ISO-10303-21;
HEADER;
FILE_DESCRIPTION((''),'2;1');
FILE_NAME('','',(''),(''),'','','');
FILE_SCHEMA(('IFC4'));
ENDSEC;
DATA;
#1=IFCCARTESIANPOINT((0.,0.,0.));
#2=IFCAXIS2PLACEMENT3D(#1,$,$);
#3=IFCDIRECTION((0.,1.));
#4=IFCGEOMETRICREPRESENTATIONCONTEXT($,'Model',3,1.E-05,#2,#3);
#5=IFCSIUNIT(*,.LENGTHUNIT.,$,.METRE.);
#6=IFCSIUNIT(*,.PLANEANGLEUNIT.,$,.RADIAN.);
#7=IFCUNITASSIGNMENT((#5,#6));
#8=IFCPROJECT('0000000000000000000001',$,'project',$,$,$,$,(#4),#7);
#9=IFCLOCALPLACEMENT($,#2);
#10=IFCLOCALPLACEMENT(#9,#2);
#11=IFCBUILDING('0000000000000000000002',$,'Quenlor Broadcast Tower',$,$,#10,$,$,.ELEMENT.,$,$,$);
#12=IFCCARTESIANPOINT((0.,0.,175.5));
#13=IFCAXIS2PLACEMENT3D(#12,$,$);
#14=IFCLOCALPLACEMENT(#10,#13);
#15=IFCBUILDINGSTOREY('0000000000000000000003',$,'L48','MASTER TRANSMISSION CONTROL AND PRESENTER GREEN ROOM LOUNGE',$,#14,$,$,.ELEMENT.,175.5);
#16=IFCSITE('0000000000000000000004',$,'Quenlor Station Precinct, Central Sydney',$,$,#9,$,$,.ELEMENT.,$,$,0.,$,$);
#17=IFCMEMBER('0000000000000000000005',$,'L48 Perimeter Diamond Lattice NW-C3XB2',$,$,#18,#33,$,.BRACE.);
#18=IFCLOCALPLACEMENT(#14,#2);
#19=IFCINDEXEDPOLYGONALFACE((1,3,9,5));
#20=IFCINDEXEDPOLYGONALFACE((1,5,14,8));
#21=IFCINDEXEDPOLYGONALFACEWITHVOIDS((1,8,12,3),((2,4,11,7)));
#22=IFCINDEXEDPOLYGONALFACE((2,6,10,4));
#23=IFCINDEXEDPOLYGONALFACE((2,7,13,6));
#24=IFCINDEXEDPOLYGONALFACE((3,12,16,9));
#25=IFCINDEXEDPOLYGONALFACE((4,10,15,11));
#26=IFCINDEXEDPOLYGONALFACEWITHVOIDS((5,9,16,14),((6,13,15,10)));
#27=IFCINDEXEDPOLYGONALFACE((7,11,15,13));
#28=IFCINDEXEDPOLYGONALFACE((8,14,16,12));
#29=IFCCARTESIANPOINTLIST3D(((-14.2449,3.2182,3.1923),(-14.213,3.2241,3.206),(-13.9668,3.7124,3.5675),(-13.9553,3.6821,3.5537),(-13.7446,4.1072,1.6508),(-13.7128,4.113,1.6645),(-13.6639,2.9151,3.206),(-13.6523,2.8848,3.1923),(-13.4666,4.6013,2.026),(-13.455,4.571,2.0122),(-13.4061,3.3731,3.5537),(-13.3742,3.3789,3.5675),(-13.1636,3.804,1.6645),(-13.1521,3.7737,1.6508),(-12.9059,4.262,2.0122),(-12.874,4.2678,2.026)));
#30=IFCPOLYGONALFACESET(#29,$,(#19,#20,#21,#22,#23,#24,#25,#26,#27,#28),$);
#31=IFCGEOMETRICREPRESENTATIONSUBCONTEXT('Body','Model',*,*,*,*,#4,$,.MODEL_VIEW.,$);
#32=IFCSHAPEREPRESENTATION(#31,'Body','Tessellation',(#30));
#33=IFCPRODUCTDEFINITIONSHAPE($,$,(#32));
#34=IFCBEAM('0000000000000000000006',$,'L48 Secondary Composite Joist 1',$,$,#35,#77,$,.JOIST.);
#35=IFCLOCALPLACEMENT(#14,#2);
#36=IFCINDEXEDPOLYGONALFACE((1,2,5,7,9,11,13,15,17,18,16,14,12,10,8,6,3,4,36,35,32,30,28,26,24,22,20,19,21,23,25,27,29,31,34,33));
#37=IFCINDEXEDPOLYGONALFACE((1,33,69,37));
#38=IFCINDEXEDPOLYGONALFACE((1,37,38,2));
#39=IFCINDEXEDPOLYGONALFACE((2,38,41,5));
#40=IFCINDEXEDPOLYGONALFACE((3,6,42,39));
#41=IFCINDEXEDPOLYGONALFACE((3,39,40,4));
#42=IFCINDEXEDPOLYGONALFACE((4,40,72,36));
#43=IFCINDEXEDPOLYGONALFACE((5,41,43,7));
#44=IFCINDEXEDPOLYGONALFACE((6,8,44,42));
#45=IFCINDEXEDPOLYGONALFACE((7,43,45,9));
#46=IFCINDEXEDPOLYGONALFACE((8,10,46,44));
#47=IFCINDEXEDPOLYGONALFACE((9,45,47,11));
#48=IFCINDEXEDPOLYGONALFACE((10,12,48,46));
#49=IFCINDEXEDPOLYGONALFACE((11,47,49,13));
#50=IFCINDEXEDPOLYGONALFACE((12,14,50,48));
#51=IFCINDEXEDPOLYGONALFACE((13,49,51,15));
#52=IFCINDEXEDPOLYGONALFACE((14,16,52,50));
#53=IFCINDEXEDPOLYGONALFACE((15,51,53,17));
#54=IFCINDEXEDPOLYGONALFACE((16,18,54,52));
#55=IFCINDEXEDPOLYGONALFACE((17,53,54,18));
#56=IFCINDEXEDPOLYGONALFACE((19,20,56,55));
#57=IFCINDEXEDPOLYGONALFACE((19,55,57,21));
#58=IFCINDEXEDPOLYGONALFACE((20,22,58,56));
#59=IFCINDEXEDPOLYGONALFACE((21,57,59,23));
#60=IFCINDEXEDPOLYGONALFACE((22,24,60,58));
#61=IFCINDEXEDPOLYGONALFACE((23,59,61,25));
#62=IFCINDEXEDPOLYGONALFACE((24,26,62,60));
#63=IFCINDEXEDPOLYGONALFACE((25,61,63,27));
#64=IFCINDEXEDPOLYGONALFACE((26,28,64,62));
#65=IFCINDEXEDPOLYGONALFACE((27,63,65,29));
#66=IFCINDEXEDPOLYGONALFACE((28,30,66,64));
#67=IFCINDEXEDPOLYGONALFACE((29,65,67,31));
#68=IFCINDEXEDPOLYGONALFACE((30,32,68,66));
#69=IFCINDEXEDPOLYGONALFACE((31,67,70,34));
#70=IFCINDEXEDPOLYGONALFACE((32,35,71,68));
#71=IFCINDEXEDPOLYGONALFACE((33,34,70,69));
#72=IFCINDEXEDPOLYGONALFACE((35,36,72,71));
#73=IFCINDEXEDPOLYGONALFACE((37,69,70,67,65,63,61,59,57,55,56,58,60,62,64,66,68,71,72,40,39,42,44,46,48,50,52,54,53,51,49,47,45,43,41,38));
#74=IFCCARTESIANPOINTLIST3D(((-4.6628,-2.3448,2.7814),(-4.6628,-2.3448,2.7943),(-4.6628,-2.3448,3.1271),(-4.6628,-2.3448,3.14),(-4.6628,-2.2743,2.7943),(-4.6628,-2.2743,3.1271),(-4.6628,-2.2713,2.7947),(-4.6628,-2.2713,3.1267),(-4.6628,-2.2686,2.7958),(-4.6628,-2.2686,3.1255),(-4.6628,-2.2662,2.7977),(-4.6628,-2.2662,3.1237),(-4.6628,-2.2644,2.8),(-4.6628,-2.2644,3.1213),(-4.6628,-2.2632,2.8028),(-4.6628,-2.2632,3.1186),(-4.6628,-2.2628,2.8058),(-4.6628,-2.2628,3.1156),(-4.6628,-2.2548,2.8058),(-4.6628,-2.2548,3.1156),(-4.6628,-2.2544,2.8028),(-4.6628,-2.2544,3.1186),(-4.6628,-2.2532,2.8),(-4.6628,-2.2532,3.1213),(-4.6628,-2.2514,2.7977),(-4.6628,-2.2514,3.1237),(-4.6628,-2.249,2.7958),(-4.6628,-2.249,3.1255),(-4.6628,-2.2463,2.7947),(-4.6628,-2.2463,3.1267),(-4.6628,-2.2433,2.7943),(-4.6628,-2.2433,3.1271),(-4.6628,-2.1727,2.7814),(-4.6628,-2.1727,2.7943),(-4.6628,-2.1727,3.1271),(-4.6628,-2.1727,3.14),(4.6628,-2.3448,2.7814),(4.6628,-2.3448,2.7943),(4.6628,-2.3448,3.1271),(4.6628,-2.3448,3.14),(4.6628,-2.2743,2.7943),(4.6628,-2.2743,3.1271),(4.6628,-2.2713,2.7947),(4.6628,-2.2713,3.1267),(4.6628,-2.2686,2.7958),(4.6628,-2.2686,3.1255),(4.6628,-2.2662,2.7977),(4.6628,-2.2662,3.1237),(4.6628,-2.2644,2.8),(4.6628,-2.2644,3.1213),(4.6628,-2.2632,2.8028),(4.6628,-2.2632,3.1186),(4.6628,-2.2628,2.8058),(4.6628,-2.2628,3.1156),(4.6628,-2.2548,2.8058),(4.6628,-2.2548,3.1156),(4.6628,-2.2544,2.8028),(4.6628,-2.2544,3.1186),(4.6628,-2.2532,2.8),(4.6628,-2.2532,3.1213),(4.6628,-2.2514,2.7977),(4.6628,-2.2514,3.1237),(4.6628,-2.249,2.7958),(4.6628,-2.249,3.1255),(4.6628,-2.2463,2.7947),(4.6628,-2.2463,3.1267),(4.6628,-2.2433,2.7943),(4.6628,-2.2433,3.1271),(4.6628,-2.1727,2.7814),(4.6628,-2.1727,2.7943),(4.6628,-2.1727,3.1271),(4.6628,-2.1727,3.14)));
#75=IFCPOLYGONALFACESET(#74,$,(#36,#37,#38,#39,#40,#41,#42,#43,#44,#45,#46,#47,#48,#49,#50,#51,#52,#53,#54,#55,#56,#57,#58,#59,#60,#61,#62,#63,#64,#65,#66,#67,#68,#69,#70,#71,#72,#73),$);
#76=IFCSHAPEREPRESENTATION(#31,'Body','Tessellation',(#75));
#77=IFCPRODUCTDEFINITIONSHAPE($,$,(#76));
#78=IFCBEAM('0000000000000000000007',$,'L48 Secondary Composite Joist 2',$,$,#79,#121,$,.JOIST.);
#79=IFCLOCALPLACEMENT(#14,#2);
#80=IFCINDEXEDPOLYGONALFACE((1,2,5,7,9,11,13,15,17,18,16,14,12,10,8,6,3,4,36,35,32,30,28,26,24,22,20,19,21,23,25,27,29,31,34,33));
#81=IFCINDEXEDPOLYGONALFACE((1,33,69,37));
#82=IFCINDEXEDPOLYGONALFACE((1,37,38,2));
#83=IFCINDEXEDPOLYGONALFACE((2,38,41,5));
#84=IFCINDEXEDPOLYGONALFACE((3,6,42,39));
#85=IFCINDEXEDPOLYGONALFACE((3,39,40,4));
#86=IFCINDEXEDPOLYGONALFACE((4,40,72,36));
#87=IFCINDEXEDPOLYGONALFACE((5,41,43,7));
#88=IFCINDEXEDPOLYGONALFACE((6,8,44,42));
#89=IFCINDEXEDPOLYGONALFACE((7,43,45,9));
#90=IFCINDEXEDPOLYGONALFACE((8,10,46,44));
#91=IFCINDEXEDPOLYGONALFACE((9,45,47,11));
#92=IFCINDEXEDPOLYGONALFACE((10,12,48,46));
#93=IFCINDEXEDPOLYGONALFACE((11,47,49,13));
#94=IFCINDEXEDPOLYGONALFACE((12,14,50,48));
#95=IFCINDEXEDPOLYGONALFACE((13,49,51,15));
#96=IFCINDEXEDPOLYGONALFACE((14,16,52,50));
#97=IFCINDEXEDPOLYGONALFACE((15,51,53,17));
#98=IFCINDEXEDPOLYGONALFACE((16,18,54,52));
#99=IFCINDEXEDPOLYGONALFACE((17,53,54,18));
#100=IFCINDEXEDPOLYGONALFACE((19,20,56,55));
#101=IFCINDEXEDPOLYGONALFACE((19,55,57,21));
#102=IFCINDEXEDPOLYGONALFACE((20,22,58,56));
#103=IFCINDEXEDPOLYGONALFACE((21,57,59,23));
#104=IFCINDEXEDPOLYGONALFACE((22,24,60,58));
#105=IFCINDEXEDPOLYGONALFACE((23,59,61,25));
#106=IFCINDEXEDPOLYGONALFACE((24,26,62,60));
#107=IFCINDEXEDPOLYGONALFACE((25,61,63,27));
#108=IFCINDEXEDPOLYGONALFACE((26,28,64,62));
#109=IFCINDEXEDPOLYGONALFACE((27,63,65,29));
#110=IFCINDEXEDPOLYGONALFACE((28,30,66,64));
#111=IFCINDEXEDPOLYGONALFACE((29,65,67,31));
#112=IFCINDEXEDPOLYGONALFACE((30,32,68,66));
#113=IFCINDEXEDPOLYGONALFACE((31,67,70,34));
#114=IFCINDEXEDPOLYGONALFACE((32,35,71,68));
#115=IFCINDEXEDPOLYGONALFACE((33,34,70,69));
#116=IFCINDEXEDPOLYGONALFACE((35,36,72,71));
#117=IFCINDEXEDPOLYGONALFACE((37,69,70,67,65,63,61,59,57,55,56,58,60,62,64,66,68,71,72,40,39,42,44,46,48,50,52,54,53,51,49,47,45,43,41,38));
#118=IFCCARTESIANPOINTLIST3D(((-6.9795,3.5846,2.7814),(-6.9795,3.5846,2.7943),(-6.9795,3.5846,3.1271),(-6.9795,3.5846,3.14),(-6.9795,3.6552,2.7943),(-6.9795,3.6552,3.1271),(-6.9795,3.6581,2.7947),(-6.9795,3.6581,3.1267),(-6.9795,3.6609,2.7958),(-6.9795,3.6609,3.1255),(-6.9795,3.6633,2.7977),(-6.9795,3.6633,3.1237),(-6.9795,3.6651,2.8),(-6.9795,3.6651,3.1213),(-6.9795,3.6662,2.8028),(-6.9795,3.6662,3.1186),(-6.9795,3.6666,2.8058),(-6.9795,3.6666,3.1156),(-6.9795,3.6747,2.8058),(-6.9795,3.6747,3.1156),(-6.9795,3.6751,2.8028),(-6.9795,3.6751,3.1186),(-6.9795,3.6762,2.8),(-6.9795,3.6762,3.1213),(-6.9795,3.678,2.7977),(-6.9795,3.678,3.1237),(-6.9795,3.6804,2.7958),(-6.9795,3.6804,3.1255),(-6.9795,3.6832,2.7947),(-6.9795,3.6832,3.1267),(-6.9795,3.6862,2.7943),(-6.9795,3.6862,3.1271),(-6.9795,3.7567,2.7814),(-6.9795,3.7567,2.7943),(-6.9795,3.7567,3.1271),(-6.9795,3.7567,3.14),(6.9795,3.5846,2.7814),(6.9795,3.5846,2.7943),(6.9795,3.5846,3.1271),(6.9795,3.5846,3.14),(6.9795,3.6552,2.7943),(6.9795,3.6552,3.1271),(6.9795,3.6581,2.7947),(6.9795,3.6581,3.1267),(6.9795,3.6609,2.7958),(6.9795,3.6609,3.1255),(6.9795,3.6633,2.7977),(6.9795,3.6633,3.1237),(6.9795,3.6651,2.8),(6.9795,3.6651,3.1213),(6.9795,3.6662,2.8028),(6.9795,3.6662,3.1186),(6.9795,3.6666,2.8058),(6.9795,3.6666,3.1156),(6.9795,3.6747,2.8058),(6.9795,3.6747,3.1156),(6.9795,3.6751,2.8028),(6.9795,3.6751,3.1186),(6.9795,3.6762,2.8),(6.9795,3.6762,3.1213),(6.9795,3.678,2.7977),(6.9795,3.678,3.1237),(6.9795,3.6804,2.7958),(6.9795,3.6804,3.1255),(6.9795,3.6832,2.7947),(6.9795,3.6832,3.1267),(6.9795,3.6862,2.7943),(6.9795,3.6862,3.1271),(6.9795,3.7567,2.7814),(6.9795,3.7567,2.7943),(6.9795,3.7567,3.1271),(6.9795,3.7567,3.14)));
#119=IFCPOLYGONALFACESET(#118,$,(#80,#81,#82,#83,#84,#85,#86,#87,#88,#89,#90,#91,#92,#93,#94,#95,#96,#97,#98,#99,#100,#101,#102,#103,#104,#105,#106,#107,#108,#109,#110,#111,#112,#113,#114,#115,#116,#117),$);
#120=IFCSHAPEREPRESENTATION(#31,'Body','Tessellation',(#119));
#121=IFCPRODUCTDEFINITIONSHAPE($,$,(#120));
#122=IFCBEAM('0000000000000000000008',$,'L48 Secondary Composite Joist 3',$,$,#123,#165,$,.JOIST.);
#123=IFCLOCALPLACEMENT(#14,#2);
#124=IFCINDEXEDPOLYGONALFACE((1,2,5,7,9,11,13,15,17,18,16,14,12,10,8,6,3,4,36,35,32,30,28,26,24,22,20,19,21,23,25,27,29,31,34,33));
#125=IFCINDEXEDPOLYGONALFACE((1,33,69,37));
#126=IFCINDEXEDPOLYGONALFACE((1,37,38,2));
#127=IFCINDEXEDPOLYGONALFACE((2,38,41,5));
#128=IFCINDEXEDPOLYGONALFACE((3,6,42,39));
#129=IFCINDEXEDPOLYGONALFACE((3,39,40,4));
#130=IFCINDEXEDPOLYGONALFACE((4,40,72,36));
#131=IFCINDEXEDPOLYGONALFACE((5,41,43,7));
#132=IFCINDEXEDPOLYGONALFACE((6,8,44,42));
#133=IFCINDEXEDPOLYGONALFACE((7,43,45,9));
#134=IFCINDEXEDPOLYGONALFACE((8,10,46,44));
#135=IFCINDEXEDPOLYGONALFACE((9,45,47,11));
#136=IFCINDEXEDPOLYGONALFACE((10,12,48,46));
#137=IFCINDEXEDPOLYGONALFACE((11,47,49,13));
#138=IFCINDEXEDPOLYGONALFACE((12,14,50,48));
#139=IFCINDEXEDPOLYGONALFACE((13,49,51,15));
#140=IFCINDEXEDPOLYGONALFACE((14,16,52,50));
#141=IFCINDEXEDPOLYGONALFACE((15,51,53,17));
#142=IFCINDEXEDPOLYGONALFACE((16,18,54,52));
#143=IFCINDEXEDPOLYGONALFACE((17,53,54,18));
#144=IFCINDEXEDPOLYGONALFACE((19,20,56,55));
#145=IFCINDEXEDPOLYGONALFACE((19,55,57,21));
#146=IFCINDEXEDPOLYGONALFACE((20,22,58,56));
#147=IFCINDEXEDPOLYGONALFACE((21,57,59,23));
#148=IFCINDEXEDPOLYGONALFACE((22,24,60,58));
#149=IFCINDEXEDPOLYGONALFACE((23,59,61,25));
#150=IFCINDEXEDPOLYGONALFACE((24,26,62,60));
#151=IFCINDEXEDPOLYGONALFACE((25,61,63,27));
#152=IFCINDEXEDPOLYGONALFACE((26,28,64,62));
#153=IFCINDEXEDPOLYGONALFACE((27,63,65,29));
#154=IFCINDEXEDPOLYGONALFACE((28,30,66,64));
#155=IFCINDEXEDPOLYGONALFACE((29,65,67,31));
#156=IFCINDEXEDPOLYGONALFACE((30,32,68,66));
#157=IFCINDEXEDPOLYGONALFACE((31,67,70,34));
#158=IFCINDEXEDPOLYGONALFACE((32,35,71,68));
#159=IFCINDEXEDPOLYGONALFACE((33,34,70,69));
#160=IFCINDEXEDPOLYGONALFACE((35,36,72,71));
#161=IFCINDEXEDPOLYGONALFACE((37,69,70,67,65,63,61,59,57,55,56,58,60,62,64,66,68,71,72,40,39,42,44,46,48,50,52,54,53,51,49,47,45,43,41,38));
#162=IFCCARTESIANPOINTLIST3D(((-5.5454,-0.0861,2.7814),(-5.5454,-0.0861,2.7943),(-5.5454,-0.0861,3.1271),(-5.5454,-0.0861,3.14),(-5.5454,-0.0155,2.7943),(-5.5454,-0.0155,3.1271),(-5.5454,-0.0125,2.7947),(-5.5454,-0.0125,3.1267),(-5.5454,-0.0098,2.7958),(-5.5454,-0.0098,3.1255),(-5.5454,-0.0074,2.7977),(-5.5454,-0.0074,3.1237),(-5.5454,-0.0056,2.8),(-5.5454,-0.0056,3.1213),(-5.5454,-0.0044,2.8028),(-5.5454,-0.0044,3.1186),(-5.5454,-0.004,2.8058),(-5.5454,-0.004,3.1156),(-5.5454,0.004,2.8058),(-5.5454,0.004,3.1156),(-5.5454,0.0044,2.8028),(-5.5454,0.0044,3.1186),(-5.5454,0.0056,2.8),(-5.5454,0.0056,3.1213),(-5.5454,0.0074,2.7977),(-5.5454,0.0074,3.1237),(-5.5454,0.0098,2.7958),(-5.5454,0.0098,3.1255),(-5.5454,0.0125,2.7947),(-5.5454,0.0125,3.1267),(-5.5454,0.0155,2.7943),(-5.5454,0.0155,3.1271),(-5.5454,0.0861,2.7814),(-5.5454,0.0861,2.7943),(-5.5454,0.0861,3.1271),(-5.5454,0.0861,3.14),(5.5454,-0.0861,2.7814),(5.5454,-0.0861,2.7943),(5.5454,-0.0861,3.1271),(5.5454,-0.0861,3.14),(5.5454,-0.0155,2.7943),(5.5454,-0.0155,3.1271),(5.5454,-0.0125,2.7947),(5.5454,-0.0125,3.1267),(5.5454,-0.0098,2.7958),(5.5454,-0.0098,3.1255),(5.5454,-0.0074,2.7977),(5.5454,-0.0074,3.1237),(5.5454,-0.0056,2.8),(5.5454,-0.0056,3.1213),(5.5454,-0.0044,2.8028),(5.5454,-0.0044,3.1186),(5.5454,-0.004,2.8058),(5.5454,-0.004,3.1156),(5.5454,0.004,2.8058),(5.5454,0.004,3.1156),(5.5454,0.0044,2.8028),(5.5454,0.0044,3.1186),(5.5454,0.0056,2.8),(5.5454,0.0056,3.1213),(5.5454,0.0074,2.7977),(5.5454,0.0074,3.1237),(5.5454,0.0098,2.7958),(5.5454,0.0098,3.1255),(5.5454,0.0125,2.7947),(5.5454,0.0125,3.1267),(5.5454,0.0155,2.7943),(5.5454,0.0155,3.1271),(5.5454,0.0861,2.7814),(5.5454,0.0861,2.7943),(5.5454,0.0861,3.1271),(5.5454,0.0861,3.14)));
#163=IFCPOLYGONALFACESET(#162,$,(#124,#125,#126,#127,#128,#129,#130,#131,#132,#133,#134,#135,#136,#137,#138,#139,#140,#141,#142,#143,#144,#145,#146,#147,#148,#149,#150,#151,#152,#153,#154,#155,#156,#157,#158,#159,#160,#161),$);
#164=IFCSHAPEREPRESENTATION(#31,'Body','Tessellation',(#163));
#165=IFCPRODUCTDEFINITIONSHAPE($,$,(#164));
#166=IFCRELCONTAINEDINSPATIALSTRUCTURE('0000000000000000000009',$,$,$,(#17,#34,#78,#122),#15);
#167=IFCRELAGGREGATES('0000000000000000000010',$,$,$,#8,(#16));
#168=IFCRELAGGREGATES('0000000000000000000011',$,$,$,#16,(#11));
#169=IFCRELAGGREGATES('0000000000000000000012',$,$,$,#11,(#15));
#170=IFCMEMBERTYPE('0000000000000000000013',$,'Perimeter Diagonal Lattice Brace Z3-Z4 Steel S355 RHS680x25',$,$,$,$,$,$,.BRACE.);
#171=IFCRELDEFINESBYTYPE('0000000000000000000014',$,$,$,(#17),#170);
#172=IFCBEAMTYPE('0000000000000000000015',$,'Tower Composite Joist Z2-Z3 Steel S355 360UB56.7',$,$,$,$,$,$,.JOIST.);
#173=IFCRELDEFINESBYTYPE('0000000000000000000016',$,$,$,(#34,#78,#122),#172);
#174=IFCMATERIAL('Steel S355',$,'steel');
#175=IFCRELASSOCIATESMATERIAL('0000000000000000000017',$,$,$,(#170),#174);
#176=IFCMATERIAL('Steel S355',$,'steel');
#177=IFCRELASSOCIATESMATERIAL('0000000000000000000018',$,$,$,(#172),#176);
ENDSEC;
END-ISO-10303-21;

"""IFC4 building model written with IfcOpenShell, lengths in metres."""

from ifc_helpers import new_model, si_unit, direction, frame, origin, origin_2d, place, context, subcontext, project, spatial, hollow_rectangle, i_section, extrude, material, material_profile, profile_set, type_object, element, save


model = new_model("IFC4")

# Units and contexts
model_context = context("Model", 3, precision=1e-05, world=origin(), true_north=direction((0.0, 1.0)))
body_context = subcontext(model_context, "Body", "Model", "MODEL_VIEW")
ifc_project = project(units=[si_unit("LENGTHUNIT", "METRE"), si_unit("PLANEANGLEUNIT", "RADIAN")], contexts=[model_context])

# Site, building, storey
site_placement = place(None, origin())
site = spatial("IfcSite", under=ifc_project, at=site_placement, Name="Quenlor Station Precinct, Central Sydney", CompositionType="ELEMENT", RefElevation=0.0)
building_placement = place(site_placement, origin())
building = spatial("IfcBuilding", under=site, at=building_placement, Name="Quenlor Broadcast Tower", CompositionType="ELEMENT")
storey_placement = place(building_placement, frame((0.0, 0.0, 175.5)))
storey = spatial("IfcBuildingStorey", under=building, at=storey_placement, Name="L48", Description="MASTER TRANSMISSION CONTROL AND PRESENTER GREEN ROOM LOUNGE", CompositionType="ELEMENT", Elevation=175.5)

# Member
ifc_material_1 = material(Name="Steel S355", Category="steel")
ifc_material_profile_1 = material_profile(ifc_material_1, hollow_rectangle(XDim=0.6799, YDim=0.6799, WallThickness=0.0249, at=origin_2d()))
ifc_profile_set_1 = profile_set([ifc_material_profile_1], Name="Steel S355 RHS680x680x25")
member_type = type_object("IfcMemberType", Name="Perimeter Diagonal Lattice Brace Z3-Z4 Steel S355 RHS680x25", PredefinedType="BRACE", material=ifc_profile_set_1)
member_placement = place(storey_placement, frame((-13.3093, 4.1875, 1.8384), z_axis=(-0.270634, -0.480906, 0.833958), x_axis=(0.87148, -0.490432, 0.0)))
element("IfcMember", 1, at=member_placement, inside=storey, type_object=member_type, Name="L48 Perimeter Diamond Lattice NW-C3XB2", PredefinedType="BRACE", context=body_context, shape_type="SweptSolid", body=[
    extrude(hollow_rectangle(XDim=0.6799, YDim=0.6799, WallThickness=0.0249, at=origin_2d()), origin(), (0.0, 0.0, 1.0), 1.8484),
])

# Beams
ifc_material_2 = material(Name="Steel S355", Category="steel")
ifc_material_profile_2 = material_profile(ifc_material_2, i_section(OverallWidth=0.1721, OverallDepth=0.3586, WebThickness=0.0081, FlangeThickness=0.0129, FilletRadius=0.0115, at=origin_2d()))
ifc_profile_set_2 = profile_set([ifc_material_profile_2], Name="Steel S355 360UB56.7")
beam_type = type_object("IfcBeamType", Name="Tower Composite Joist Z2-Z3 Steel S355 360UB56.7", PredefinedType="JOIST", material=ifc_profile_set_2)
beam_1_placement = place(storey_placement, frame((-4.6628, -2.2588, 2.9607), z_axis=(1.0, 0.0, 0.0), x_axis=(0.0, 1.0, 0.0)))
element("IfcBeam", 2, at=beam_1_placement, inside=storey, type_object=beam_type, Name="L48 Secondary Composite Joist 1", PredefinedType="JOIST", context=body_context, shape_type="SweptSolid", body=[
    extrude(i_section(OverallWidth=0.1721, OverallDepth=0.3586, WebThickness=0.0081, FlangeThickness=0.0129, FilletRadius=0.0115, at=origin_2d()), origin(), (0.0, 0.0, 1.0), 9.3257),
])
beam_2_placement = place(storey_placement, frame((-6.9795, 3.6707, 2.9607), z_axis=(1.0, 0.0, 0.0), x_axis=(0.0, 1.0, 0.0)))
element("IfcBeam", 3, at=beam_2_placement, inside=storey, type_object=beam_type, Name="L48 Secondary Composite Joist 2", PredefinedType="JOIST", context=body_context, shape_type="SweptSolid", body=[
    extrude(i_section(OverallWidth=0.1721, OverallDepth=0.3586, WebThickness=0.0081, FlangeThickness=0.0129, FilletRadius=0.0115, at=origin_2d()), origin(), (0.0, 0.0, 1.0), 13.959),
])
beam_3_placement = place(storey_placement, frame((-5.5454, 0.0, 2.9607), z_axis=(1.0, 0.0, 0.0), x_axis=(0.0, 1.0, 0.0)))
element("IfcBeam", 4, at=beam_3_placement, inside=storey, type_object=beam_type, Name="L48 Secondary Composite Joist 3", PredefinedType="JOIST", context=body_context, shape_type="SweptSolid", body=[
    extrude(i_section(OverallWidth=0.1721, OverallDepth=0.3586, WebThickness=0.0081, FlangeThickness=0.0129, FilletRadius=0.0115, at=origin_2d()), origin(), (0.0, 0.0, 1.0), 11.0908),
])

save(model, "model.ifc")
